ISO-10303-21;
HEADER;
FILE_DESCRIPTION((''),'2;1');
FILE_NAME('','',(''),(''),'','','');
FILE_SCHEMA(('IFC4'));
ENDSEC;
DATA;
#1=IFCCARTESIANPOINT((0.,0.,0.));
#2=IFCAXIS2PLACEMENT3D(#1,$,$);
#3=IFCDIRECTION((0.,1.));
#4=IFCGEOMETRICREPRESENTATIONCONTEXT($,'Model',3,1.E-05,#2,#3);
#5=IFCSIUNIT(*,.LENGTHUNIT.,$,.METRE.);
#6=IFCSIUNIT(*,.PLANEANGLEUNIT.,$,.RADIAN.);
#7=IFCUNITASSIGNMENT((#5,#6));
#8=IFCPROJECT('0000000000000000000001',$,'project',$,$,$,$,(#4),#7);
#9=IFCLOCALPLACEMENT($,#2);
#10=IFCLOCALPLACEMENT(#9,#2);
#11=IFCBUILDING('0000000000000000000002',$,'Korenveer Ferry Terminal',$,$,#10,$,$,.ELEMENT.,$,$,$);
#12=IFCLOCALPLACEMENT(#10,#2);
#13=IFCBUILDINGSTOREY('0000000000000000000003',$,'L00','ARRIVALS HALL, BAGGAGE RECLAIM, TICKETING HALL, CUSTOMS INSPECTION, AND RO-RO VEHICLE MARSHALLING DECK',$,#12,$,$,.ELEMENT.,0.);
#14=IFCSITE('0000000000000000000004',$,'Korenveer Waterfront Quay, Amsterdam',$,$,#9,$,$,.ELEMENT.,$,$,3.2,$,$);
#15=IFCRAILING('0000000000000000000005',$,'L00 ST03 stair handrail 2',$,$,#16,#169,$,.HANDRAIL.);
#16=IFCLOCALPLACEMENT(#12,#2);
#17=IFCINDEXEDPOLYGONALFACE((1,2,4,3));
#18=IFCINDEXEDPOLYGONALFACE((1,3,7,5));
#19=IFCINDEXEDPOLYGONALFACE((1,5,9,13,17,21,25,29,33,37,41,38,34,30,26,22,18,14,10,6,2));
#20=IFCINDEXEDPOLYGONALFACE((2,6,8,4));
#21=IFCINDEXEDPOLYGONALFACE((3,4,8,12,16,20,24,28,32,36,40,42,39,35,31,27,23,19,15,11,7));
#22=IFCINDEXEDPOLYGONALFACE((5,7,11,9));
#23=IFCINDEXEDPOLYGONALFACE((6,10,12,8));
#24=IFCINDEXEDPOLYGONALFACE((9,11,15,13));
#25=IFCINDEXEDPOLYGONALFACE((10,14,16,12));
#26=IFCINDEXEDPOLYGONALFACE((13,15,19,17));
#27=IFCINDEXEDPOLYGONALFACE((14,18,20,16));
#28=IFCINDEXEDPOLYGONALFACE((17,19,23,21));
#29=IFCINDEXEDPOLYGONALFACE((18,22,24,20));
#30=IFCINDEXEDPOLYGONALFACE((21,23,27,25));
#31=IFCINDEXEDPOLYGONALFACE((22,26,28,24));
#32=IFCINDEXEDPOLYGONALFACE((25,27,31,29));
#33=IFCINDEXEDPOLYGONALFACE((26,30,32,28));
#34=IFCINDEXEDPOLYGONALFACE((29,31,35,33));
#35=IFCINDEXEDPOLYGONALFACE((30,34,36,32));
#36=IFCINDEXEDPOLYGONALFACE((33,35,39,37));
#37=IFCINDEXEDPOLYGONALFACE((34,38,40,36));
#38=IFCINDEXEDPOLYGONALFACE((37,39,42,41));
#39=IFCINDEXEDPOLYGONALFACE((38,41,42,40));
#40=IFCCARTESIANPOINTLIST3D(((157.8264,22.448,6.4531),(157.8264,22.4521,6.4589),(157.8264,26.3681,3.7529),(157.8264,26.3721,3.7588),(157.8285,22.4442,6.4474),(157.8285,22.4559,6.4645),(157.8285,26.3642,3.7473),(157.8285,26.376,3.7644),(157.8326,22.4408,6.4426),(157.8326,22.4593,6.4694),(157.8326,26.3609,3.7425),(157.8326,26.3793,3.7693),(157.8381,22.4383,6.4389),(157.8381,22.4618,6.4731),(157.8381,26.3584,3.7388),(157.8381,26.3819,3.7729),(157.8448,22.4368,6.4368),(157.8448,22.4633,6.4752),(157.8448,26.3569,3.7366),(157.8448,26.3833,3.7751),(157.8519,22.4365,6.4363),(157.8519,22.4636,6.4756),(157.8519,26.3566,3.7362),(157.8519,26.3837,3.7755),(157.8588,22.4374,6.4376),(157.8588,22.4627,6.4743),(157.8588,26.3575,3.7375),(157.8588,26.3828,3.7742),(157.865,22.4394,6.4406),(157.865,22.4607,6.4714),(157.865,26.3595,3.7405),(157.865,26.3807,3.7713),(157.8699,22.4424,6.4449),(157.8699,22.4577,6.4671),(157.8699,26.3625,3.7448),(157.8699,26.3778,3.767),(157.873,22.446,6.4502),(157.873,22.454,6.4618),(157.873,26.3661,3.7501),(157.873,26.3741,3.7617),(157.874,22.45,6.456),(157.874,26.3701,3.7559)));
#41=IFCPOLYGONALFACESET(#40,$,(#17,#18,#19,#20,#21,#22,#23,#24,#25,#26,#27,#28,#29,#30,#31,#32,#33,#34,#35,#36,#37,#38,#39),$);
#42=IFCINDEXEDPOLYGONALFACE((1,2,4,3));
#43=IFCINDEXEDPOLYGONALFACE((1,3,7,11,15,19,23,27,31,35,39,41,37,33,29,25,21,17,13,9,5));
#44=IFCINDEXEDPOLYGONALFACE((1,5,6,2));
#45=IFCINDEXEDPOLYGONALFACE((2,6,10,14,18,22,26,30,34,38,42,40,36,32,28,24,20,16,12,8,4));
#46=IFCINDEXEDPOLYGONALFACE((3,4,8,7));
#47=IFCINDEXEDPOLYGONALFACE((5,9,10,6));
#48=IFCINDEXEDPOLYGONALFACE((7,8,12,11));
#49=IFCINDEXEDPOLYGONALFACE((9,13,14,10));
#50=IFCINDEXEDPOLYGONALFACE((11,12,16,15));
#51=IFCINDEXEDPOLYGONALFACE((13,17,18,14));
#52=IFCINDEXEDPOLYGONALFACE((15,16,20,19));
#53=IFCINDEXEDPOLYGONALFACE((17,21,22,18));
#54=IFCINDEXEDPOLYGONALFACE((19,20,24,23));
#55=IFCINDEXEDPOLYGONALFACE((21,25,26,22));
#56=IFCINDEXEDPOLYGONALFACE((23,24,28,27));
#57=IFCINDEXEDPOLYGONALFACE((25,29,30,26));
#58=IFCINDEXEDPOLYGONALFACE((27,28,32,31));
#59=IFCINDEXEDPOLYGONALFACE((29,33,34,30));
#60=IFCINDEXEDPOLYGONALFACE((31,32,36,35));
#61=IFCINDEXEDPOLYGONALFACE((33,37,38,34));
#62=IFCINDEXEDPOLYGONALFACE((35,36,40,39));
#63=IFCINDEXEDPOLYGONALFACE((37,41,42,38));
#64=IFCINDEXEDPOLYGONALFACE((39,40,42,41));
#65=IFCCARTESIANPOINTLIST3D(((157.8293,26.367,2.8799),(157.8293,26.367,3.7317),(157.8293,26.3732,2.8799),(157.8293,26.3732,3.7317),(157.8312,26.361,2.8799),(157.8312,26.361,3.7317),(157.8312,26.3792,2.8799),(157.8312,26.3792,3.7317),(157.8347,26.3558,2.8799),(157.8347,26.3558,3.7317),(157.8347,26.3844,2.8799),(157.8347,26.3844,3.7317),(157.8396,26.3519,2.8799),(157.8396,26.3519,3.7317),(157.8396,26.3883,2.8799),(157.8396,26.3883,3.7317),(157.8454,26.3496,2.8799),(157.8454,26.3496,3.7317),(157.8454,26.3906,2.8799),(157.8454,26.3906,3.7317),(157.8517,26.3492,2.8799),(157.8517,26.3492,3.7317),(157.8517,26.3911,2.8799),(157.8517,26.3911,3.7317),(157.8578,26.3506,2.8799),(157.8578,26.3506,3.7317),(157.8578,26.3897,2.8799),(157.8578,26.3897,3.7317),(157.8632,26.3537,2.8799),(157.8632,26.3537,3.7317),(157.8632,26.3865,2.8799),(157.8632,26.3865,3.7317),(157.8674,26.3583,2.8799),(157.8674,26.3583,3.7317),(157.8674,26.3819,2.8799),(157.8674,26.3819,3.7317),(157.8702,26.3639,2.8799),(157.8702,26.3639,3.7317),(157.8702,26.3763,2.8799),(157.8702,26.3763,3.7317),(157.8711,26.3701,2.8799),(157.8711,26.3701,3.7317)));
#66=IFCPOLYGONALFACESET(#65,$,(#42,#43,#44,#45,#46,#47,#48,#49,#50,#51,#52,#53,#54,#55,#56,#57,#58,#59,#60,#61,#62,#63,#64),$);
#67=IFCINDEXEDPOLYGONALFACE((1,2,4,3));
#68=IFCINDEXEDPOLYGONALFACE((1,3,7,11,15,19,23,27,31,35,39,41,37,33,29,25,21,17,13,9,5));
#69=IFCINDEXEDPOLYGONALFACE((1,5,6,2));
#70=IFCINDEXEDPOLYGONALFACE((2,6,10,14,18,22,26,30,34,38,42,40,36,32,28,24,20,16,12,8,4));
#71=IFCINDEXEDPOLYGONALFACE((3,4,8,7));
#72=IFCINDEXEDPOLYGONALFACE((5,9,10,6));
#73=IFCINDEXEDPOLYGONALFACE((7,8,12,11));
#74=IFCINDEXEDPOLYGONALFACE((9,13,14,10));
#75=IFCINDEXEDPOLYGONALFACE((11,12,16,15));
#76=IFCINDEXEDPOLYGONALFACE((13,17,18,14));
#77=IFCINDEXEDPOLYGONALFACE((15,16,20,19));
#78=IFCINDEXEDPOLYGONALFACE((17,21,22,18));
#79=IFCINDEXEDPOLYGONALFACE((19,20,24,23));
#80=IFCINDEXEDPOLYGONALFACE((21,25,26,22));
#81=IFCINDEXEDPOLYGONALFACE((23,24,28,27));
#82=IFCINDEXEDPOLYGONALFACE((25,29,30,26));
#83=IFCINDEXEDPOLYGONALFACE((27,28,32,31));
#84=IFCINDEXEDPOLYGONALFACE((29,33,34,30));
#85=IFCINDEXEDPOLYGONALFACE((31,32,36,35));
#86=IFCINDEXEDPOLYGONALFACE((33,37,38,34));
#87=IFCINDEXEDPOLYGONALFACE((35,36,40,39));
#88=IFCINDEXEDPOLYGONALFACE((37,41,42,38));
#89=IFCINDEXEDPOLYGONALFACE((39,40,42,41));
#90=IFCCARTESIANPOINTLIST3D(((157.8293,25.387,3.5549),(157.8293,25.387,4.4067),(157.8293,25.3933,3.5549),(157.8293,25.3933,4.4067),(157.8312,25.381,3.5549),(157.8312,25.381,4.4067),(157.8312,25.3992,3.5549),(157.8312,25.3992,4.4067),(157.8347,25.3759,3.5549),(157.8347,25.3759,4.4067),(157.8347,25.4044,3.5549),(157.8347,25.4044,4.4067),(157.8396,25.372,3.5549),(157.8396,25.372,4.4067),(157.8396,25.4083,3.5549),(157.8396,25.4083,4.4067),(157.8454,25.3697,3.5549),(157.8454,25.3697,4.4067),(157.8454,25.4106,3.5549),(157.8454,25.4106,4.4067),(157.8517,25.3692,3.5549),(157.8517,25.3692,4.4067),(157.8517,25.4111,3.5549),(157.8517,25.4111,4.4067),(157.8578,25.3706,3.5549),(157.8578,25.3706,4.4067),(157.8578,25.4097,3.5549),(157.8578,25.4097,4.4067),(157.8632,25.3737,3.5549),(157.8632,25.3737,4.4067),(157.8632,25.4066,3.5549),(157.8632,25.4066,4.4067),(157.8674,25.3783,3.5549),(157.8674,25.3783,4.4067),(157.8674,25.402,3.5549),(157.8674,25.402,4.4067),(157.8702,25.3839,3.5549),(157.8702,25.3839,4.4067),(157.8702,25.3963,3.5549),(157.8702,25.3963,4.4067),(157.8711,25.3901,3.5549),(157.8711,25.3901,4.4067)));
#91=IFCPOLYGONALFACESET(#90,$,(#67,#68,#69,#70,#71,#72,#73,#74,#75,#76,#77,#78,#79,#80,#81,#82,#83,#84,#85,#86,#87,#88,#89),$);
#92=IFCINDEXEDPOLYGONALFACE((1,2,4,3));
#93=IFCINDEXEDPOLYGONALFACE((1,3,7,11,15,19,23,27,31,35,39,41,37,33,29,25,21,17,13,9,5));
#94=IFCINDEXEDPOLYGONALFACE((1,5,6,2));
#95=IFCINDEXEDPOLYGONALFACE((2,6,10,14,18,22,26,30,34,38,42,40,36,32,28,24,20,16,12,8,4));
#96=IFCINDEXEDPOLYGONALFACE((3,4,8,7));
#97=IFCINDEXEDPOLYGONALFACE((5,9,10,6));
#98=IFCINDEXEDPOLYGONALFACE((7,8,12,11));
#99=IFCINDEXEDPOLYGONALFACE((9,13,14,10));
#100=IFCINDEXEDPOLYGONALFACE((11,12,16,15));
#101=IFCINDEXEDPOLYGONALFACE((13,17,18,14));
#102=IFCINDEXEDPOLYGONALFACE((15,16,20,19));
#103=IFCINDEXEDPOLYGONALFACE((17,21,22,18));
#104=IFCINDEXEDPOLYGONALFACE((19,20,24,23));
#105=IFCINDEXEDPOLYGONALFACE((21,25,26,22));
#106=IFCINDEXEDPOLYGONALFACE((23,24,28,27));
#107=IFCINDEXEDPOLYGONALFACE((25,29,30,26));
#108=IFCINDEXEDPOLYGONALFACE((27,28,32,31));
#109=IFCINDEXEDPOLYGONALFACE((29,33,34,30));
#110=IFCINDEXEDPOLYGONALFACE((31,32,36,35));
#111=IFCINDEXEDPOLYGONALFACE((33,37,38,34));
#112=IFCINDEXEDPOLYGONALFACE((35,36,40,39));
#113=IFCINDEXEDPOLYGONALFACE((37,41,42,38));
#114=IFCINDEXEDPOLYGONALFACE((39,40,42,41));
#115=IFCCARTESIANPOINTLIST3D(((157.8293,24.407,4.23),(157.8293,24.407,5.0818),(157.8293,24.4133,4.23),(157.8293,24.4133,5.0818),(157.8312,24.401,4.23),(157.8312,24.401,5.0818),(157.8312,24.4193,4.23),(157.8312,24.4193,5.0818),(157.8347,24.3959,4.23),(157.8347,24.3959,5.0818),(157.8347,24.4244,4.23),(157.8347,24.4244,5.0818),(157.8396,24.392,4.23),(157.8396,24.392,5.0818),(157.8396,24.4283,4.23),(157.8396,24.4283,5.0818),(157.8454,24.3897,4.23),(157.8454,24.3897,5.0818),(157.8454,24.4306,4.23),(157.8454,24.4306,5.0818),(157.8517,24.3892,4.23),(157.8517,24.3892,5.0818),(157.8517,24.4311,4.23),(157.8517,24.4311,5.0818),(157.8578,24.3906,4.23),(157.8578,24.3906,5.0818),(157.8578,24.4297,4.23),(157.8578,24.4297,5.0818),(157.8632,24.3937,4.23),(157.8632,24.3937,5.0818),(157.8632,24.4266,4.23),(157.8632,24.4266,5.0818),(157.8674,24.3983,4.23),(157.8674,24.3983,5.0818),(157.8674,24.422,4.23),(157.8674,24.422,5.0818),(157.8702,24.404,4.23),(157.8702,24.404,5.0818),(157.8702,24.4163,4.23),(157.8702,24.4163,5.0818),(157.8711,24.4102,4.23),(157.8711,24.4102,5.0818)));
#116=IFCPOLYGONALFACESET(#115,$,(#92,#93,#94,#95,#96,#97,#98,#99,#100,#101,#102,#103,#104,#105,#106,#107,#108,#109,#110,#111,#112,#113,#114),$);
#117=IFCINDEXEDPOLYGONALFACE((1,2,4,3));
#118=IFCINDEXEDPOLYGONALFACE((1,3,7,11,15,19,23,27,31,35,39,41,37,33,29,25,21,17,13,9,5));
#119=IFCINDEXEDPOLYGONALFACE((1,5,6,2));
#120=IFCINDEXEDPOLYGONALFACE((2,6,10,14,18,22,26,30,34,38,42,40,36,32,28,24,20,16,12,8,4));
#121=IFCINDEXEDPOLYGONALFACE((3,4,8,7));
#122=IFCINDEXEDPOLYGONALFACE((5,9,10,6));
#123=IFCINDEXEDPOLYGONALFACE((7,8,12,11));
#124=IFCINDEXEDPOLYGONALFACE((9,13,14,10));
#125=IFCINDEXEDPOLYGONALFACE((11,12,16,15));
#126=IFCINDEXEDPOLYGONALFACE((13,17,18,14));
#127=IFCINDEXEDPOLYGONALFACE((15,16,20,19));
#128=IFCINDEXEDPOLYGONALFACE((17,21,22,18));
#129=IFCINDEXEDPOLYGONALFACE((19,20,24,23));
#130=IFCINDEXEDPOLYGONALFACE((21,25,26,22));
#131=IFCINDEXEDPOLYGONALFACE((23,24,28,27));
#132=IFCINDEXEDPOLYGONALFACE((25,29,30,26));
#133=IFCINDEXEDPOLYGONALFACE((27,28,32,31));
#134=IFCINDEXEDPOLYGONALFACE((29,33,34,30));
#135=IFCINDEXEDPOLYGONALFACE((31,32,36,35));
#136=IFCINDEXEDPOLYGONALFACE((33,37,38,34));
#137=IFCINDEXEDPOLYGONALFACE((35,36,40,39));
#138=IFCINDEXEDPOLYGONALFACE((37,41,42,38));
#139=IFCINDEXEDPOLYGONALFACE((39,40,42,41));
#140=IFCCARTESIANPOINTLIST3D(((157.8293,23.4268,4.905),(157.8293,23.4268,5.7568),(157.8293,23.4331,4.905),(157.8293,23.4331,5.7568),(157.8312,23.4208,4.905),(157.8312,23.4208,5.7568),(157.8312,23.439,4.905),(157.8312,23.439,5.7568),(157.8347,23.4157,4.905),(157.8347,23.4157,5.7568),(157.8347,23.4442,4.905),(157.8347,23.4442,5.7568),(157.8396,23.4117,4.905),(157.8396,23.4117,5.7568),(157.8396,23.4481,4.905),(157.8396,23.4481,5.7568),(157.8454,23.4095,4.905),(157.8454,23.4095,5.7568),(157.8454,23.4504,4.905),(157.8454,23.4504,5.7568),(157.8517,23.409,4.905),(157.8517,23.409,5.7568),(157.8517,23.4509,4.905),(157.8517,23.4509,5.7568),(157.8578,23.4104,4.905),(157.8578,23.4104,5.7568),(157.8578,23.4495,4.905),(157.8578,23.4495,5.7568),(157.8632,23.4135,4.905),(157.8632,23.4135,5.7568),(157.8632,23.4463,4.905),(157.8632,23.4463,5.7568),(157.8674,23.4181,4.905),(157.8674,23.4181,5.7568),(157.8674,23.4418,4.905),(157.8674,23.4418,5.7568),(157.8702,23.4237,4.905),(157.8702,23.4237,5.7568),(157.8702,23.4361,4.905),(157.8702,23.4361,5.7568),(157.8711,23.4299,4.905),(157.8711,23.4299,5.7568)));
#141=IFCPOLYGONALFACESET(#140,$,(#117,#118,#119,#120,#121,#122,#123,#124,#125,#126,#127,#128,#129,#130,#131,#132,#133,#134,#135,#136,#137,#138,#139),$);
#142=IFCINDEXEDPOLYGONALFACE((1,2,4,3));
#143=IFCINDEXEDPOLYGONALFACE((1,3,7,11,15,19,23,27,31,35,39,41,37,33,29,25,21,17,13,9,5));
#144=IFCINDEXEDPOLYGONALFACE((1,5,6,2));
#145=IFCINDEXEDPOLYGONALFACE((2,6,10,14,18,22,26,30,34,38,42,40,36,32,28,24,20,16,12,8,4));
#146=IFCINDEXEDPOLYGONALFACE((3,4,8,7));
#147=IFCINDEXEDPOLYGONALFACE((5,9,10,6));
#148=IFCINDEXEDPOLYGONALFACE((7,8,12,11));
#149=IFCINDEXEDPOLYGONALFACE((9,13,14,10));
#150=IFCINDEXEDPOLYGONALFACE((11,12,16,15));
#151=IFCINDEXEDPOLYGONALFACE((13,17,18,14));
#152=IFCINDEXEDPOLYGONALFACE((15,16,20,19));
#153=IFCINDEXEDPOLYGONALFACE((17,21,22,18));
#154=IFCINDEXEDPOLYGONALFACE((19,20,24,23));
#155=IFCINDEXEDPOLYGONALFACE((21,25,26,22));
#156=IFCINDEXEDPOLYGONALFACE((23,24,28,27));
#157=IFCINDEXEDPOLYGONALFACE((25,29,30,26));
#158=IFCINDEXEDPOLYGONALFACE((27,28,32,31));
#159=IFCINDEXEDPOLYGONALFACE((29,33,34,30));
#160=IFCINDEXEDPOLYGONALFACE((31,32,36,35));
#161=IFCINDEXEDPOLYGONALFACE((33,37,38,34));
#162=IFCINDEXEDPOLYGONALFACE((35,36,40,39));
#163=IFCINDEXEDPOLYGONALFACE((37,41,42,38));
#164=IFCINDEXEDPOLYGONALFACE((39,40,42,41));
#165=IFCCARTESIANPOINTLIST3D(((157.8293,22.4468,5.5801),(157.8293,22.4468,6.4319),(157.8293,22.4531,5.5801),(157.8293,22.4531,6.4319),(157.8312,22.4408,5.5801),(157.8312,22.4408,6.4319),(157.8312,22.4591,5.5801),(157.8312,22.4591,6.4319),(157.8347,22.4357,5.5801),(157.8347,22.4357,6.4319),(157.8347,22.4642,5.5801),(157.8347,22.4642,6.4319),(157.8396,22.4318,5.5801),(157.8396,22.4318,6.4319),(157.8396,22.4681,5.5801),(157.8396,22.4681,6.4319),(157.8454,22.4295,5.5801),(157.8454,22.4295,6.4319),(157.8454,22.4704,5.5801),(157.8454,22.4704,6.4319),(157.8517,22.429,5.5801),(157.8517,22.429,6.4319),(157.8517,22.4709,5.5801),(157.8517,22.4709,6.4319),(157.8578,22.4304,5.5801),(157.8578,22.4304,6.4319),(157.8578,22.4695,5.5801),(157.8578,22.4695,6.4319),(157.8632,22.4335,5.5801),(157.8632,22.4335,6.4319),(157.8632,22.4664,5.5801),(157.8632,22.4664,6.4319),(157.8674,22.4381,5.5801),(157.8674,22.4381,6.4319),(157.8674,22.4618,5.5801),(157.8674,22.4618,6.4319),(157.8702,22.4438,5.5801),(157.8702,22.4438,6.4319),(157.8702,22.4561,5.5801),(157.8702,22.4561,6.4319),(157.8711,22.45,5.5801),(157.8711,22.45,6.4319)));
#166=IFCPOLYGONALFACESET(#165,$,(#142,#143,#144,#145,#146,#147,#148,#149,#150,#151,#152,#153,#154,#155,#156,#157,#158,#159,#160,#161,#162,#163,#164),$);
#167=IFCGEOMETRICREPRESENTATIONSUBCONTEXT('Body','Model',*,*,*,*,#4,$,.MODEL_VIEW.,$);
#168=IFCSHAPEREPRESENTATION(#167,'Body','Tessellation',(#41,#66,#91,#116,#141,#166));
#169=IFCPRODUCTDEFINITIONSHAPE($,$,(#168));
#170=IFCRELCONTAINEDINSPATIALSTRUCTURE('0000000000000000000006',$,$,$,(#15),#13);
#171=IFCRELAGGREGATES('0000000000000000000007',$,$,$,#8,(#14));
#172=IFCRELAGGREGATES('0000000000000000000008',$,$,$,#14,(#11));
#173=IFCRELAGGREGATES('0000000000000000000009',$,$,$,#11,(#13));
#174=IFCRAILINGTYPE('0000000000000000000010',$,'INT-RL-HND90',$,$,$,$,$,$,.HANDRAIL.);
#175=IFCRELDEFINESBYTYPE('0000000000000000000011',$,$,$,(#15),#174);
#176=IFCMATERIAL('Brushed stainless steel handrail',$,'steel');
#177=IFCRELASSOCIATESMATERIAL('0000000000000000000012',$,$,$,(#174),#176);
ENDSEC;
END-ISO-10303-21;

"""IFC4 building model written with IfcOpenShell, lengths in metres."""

from ifc_helpers import new_model, si_unit, direction, frame, origin, origin_2d, place, context, subcontext, project, spatial, circle, extrude, material, type_object, element, save


model = new_model("IFC4")

# Units and contexts
model_context = context("Model", 3, precision=1e-05, world=origin(), true_north=direction((0.0, 1.0)))
body_context = subcontext(model_context, "Body", "Model", "MODEL_VIEW")
ifc_project = project(units=[si_unit("LENGTHUNIT", "METRE"), si_unit("PLANEANGLEUNIT", "RADIAN")], contexts=[model_context])

# Site, building, storey
site_placement = place(None, origin())
site = spatial("IfcSite", under=ifc_project, at=site_placement, Name="Korenveer Waterfront Quay, Amsterdam", CompositionType="ELEMENT", RefElevation=3.2)
building_placement = place(site_placement, origin())
building = spatial("IfcBuilding", under=site, at=building_placement, Name="Korenveer Ferry Terminal", CompositionType="ELEMENT")
storey_placement = place(building_placement, origin())
storey = spatial("IfcBuildingStorey", under=building, at=storey_placement, Name="L00", Description="ARRIVALS HALL, BAGGAGE RECLAIM, TICKETING HALL, CUSTOMS INSPECTION, AND RO-RO VEHICLE MARSHALLING DECK", CompositionType="ELEMENT", Elevation=0.0)

# Railing
ifc_material_1 = material(Name="Brushed stainless steel handrail", Category="steel")
railing_type_1 = type_object("IfcRailingType", Name="INT-RL-HND90", PredefinedType="HANDRAIL", material=ifc_material_1)
railing_1_placement = place(storey_placement, frame((157.8501, 26.3701, 2.8799)))
element("IfcRailing", 1, at=railing_1_placement, inside=storey, type_object=railing_type_1, Name="L00 ST03 stair handrail 2", PredefinedType="HANDRAIL", context=body_context, shape_type="SweptSolid", body=[
    extrude(circle(Radius=0.0239, at=origin_2d()), frame((0.0, 0.0, 0.876), z_axis=(0.0, -0.823543, 0.567253), x_axis=(1.0, 0.0, 0.0)), (0.0, 0.0, 1.0), 4.76),
    extrude(circle(Radius=0.021, at=origin_2d()), origin(), (0.0, 0.0, 1.0), 0.8518),
    extrude(circle(Radius=0.021, at=origin_2d()), frame((0.0, -0.98, 0.675)), (0.0, 0.0, 1.0), 0.8518),
    extrude(circle(Radius=0.021, at=origin_2d()), frame((0.0, -1.96, 1.3501)), (0.0, 0.0, 1.0), 0.8518),
    extrude(circle(Radius=0.021, at=origin_2d()), frame((0.0, -2.9402, 2.0251)), (0.0, 0.0, 1.0), 0.8518),
    extrude(circle(Radius=0.021, at=origin_2d()), frame((0.0, -3.9202, 2.7002)), (0.0, 0.0, 1.0), 0.8518),
])

save(model, "model.ifc")
